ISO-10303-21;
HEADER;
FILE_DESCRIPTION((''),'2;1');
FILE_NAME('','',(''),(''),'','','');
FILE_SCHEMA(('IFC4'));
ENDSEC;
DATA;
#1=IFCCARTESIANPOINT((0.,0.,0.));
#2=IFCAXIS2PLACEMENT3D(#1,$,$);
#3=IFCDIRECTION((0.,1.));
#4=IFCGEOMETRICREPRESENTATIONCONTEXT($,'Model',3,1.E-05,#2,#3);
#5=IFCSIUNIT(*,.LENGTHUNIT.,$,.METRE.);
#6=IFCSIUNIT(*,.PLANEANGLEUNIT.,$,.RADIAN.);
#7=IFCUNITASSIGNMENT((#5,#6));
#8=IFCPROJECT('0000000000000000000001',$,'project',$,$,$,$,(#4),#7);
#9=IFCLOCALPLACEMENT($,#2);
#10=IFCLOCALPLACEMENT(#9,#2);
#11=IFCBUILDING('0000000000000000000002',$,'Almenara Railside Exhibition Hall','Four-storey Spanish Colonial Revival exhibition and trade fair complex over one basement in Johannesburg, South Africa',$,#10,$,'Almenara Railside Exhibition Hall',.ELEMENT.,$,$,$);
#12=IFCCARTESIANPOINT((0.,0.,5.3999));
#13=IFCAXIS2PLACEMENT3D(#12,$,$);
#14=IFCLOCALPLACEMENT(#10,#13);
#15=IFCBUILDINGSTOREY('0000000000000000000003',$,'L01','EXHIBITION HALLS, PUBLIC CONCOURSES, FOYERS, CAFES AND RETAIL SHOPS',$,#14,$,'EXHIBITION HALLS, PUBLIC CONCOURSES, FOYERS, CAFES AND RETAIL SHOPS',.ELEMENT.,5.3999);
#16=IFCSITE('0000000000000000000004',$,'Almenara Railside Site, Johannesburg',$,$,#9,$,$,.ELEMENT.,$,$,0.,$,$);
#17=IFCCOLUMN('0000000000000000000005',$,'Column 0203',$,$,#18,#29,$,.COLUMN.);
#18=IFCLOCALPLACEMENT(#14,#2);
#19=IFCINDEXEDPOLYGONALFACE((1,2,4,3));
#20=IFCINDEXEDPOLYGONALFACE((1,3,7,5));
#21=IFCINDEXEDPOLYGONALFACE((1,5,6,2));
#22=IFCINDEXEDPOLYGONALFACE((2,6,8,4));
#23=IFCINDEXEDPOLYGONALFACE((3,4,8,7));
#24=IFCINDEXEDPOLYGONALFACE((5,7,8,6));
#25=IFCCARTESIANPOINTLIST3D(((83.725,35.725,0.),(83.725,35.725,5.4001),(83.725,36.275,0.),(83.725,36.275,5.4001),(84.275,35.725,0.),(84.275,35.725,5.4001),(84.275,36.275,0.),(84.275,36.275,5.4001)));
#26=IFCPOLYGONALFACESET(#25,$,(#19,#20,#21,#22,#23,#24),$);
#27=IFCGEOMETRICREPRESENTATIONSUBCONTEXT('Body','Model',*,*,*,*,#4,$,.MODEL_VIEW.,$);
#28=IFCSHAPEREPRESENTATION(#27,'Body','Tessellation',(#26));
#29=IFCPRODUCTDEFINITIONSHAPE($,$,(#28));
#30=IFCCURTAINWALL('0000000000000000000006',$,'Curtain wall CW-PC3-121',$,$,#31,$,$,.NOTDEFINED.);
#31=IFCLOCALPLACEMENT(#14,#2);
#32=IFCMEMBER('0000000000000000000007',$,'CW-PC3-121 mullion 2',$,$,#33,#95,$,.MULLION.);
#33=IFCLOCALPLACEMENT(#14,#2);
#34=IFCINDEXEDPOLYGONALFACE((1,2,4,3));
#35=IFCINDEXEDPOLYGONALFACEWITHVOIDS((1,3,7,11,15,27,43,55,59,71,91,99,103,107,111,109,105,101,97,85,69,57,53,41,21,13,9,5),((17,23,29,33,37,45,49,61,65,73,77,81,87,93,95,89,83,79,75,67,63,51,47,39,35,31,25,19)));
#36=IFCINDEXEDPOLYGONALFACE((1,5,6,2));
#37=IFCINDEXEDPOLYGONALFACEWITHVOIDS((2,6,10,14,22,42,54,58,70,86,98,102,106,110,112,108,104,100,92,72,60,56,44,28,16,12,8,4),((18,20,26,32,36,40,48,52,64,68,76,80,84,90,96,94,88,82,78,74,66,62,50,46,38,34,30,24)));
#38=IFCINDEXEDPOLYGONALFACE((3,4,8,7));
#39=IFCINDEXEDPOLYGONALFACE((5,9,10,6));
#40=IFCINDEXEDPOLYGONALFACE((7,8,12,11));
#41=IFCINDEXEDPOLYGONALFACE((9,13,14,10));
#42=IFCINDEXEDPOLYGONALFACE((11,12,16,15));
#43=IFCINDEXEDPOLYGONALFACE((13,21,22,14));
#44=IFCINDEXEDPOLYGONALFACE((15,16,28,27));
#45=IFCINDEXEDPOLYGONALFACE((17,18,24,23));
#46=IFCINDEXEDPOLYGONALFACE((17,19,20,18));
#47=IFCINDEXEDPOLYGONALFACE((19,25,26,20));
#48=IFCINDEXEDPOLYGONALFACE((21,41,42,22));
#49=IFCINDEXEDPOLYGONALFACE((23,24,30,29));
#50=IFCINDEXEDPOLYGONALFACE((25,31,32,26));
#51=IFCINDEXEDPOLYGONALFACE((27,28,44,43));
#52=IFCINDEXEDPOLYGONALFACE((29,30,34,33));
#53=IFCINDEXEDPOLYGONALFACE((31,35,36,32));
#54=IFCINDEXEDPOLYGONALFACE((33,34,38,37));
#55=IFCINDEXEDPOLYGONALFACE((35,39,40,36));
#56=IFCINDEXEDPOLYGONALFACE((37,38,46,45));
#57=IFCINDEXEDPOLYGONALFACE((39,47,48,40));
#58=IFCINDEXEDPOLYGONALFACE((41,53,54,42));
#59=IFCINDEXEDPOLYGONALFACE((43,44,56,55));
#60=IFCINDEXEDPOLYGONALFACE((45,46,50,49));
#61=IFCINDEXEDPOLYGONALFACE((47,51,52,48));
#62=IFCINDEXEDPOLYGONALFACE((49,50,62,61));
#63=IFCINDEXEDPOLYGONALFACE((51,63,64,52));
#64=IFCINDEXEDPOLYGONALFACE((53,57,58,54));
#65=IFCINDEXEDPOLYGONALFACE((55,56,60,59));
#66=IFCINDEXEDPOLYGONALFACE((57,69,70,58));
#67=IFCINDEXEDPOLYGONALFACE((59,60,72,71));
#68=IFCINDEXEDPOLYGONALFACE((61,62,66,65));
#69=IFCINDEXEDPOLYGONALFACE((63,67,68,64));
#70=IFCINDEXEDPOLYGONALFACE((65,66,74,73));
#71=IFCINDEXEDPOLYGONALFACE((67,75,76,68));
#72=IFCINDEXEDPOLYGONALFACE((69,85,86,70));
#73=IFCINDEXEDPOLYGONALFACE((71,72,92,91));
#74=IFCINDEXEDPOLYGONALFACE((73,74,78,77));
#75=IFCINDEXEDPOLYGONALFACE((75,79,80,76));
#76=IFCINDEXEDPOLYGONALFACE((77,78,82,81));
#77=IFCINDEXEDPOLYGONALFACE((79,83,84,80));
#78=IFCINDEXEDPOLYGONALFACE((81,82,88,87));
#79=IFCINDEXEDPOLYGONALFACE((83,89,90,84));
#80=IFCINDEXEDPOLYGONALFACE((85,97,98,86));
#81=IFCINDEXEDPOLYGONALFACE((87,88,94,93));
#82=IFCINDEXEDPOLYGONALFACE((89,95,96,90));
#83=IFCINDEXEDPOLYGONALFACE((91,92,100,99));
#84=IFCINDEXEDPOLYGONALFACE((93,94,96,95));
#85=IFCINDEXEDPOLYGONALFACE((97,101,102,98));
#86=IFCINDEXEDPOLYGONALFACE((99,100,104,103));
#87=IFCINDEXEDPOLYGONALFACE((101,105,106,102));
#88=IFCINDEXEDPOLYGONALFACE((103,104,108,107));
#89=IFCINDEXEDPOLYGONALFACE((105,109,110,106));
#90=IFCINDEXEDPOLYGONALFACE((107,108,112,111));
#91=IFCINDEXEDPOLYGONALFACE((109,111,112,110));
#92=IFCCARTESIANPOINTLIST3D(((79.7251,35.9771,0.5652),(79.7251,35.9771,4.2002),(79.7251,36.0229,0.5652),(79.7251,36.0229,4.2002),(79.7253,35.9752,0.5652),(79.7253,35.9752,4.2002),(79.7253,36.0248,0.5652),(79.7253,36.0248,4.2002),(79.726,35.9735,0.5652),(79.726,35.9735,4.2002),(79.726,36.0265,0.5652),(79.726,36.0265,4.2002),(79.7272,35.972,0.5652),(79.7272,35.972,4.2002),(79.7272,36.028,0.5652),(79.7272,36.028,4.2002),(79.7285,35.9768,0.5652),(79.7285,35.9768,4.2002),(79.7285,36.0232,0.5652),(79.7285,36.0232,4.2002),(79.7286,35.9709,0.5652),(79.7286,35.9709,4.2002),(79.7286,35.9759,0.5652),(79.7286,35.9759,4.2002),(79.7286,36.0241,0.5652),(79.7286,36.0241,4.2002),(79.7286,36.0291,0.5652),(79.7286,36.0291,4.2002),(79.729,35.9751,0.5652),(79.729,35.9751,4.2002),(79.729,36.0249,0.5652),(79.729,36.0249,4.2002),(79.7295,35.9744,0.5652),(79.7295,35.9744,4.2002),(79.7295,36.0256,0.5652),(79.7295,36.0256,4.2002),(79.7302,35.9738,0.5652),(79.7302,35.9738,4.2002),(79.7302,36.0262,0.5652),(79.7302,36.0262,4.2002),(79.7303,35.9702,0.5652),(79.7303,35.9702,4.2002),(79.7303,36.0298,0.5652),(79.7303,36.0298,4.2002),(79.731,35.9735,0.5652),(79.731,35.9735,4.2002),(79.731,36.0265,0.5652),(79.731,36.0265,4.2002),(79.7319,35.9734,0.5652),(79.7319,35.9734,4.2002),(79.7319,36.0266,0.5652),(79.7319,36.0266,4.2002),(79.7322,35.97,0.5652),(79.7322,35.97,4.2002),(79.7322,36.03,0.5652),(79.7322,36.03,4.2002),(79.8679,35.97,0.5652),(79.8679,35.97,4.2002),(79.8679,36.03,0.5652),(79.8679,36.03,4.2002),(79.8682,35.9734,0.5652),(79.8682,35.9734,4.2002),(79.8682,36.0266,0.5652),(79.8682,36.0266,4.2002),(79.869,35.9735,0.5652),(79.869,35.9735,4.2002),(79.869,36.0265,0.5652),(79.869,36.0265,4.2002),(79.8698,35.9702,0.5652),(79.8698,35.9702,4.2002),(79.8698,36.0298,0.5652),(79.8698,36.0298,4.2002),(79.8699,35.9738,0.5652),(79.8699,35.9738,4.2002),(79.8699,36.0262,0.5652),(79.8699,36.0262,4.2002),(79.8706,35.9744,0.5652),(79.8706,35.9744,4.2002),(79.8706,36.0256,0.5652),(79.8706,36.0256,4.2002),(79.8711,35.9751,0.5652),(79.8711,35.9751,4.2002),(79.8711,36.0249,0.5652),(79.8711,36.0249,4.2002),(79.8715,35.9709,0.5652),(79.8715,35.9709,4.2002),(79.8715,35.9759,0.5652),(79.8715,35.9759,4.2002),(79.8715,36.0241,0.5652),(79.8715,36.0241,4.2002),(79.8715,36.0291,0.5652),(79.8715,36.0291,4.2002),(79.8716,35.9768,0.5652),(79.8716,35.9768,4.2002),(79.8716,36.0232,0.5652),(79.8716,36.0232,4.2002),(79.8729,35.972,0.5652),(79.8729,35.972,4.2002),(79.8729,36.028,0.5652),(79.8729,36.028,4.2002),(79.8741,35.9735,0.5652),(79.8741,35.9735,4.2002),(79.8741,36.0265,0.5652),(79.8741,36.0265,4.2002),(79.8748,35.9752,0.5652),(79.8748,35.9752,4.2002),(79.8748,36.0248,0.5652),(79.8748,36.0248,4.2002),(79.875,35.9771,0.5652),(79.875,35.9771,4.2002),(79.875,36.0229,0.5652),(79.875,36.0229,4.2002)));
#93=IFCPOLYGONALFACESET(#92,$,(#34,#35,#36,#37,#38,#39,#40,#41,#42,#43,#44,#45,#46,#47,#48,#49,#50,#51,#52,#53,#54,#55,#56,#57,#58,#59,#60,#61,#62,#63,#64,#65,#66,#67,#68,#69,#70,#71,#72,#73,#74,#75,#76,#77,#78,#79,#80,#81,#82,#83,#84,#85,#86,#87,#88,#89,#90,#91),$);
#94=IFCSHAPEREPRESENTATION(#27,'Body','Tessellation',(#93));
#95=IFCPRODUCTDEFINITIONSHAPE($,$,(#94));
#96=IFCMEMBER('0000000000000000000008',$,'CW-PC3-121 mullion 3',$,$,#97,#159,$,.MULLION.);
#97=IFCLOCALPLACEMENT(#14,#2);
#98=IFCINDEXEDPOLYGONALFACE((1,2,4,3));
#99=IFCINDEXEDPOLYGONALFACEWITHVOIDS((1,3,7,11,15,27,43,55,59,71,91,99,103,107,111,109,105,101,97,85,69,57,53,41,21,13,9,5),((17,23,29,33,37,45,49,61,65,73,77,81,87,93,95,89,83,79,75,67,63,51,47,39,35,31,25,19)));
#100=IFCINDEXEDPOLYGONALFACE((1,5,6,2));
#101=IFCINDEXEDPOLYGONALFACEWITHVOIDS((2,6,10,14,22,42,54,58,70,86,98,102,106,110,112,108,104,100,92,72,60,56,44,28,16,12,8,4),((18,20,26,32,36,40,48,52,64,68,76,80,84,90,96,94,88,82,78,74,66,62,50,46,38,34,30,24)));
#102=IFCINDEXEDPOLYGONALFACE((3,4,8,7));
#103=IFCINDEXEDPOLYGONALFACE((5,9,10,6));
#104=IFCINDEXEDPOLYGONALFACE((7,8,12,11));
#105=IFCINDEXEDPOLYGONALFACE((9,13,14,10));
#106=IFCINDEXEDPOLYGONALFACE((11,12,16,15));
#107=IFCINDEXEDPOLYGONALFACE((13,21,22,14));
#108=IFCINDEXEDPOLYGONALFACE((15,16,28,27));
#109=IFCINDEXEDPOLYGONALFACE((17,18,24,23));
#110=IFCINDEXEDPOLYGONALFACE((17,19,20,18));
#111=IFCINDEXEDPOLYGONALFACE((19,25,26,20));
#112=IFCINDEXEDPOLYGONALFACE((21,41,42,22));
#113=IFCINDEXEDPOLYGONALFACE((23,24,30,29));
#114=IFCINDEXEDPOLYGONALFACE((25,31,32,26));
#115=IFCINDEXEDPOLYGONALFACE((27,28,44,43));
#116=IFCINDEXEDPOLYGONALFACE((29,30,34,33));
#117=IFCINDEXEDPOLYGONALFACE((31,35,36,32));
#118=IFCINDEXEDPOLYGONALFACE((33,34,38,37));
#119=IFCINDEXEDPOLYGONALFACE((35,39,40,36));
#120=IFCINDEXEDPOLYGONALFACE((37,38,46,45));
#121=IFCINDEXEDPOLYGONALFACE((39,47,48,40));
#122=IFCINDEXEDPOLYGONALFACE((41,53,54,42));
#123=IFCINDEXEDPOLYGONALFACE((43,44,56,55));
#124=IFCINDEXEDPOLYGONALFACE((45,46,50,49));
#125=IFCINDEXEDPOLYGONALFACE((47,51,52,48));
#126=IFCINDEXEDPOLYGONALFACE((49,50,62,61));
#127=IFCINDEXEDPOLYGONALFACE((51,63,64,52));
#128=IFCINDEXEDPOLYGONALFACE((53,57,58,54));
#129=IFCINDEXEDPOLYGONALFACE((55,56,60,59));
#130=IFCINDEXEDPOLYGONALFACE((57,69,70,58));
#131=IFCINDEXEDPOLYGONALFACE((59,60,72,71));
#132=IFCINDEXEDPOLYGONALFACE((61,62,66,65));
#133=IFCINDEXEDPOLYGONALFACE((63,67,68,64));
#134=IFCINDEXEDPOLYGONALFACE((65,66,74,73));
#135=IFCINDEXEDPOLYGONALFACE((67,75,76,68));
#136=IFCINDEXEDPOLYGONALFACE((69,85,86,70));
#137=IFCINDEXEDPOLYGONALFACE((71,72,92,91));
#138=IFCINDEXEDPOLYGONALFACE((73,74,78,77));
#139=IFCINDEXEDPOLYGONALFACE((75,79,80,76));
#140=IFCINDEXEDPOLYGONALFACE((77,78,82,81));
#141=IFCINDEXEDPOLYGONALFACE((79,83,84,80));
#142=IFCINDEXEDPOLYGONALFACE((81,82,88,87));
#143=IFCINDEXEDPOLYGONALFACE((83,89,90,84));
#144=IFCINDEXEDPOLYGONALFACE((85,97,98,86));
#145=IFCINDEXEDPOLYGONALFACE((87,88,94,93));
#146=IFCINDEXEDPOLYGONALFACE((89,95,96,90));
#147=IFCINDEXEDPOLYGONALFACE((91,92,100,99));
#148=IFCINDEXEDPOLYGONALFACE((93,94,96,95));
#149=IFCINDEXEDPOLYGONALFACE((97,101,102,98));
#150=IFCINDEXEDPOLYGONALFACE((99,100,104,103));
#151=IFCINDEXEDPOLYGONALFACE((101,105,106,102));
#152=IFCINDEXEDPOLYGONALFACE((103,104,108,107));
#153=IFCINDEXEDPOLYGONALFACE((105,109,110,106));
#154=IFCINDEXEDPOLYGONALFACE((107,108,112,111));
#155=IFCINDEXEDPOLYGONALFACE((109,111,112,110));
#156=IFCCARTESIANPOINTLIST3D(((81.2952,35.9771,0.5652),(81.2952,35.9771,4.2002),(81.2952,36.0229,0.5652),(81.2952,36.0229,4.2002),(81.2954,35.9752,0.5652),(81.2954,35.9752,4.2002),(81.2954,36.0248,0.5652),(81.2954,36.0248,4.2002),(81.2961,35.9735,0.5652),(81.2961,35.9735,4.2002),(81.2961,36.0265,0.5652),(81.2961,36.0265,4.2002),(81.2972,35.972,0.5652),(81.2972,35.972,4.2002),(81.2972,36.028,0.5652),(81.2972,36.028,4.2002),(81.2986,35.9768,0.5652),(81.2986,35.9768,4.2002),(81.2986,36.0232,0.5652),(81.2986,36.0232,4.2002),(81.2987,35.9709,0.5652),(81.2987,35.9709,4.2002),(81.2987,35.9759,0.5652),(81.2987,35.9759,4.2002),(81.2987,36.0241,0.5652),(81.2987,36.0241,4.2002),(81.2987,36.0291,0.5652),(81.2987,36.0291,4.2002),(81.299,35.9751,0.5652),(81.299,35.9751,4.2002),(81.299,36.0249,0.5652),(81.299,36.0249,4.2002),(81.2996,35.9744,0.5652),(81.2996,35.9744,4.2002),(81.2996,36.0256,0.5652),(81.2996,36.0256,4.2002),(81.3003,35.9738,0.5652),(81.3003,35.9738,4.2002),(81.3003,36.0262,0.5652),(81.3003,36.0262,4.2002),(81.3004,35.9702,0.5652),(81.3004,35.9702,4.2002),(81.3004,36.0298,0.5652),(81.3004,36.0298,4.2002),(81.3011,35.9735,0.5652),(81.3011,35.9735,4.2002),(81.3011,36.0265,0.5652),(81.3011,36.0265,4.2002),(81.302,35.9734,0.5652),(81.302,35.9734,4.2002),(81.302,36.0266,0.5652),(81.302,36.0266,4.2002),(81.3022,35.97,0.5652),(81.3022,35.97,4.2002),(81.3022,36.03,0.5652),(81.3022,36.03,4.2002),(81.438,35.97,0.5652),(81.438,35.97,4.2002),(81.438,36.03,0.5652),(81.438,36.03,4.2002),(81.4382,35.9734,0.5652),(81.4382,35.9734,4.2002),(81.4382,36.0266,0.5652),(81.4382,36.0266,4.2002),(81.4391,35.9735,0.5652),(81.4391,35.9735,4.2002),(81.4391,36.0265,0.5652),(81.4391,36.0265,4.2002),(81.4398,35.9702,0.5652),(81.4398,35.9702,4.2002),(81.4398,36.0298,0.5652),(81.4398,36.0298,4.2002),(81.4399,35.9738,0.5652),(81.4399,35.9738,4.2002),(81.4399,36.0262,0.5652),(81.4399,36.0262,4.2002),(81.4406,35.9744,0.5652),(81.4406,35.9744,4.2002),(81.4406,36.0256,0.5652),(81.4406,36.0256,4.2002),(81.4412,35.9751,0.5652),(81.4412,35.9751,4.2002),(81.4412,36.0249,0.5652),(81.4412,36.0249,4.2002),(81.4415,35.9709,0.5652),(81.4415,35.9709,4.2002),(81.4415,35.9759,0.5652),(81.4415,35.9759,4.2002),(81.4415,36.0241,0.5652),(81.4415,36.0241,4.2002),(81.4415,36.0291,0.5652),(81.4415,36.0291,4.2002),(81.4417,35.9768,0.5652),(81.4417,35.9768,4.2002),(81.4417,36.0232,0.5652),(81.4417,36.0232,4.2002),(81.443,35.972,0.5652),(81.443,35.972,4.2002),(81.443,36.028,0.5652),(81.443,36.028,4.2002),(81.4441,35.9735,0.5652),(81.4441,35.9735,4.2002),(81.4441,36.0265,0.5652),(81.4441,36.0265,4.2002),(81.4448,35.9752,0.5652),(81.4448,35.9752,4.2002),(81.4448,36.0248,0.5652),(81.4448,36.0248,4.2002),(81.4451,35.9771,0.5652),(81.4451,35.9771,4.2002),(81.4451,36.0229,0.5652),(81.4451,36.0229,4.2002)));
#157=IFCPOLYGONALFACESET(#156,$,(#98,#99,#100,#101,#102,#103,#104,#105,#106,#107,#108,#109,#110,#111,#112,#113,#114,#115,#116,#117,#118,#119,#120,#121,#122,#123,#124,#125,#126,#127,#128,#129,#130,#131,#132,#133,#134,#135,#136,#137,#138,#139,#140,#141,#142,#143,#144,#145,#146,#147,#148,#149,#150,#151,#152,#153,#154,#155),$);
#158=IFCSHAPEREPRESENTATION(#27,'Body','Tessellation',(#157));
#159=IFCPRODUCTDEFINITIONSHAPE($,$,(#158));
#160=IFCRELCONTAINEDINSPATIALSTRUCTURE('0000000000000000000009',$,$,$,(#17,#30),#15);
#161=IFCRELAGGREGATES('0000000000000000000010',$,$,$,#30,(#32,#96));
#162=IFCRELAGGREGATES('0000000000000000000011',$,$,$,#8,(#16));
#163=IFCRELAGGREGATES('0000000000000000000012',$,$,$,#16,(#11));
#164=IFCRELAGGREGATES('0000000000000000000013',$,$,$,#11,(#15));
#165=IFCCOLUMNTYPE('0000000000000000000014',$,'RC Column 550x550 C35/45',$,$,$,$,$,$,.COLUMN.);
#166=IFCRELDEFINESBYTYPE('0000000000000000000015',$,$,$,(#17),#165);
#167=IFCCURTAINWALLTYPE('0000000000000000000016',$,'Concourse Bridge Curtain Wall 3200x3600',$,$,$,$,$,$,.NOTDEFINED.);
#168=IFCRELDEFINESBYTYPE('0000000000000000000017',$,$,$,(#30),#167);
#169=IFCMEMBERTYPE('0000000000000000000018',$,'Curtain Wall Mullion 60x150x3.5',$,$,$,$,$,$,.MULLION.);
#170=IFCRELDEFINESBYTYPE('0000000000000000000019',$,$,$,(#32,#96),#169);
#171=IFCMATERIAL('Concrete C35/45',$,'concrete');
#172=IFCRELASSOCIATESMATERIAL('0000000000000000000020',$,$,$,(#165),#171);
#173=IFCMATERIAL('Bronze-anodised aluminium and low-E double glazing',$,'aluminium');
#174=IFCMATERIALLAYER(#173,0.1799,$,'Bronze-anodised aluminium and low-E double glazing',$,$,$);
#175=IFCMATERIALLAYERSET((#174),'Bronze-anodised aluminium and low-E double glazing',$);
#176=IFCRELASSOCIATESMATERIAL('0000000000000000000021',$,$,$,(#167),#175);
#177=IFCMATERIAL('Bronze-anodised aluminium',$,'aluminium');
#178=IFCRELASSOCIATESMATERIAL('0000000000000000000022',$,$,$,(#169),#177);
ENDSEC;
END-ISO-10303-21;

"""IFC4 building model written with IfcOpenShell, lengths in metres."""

from ifc_helpers import new_model, si_unit, direction, frame, origin, origin_2d, place, context, subcontext, project, spatial, rectangle, hollow_rectangle, extrude, material, layer, layer_set, material_profile, profile_set, type_object, element, aggregate, save


model = new_model("IFC4")

# Units and contexts
model_context = context("Model", 3, precision=1e-05, world=origin(), true_north=direction((0.0, 1.0)))
body_context = subcontext(model_context, "Body", "Model", "MODEL_VIEW")
ifc_project = project(units=[si_unit("LENGTHUNIT", "METRE"), si_unit("PLANEANGLEUNIT", "RADIAN")], contexts=[model_context])

# Site, building, storey
site_placement = place(None, origin())
site = spatial("IfcSite", under=ifc_project, at=site_placement, Name="Almenara Railside Site, Johannesburg", CompositionType="ELEMENT", RefElevation=0.0)
building_placement = place(site_placement, origin())
building = spatial("IfcBuilding", under=site, at=building_placement, Name="Almenara Railside Exhibition Hall", Description="Four-storey Spanish Colonial Revival exhibition and trade fair complex over one basement in Johannesburg, South Africa", LongName="Almenara Railside Exhibition Hall", CompositionType="ELEMENT")
storey_placement = place(building_placement, frame((0.0, 0.0, 5.3999)))
storey = spatial("IfcBuildingStorey", under=building, at=storey_placement, Name="L01", Description="EXHIBITION HALLS, PUBLIC CONCOURSES, FOYERS, CAFES AND RETAIL SHOPS", LongName="EXHIBITION HALLS, PUBLIC CONCOURSES, FOYERS, CAFES AND RETAIL SHOPS", CompositionType="ELEMENT", Elevation=5.3999)

# Column
ifc_material_1 = material(Name="Concrete C35/45", Category="concrete")
ifc_material_profile_1 = material_profile(ifc_material_1, rectangle(XDim=0.55, YDim=0.55, at=origin_2d()), Name="RC 550x550")
ifc_profile_set_1 = profile_set([ifc_material_profile_1], Name="Concrete C35/45")
column_type = type_object("IfcColumnType", Name="RC Column 550x550 C35/45", PredefinedType="COLUMN", material=ifc_profile_set_1)
column_placement = place(storey_placement, frame((84.0, 36.0, 0.0), z_axis=(0.0, 0.0, 1.0), x_axis=(1.0, 0.0, 0.0)))
element("IfcColumn", 1, at=column_placement, inside=storey, type_object=column_type, Name="Column 0203", PredefinedType="COLUMN", context=body_context, shape_type="SweptSolid", body=[
    extrude(rectangle(XDim=0.55, YDim=0.55, at=origin_2d()), origin(), (0.0, 0.0, 1.0), 5.4001),
])

# Curtain wall, members
ifc_material_2 = material(Name="Bronze-anodised aluminium and low-E double glazing", Category="aluminium")
ifc_layer_1 = layer(ifc_material_2, 0.1799, Name="Bronze-anodised aluminium and low-E double glazing")
ifc_layer_set_1 = layer_set([ifc_layer_1], Name="Bronze-anodised aluminium and low-E double glazing")
curtain_wall_type = type_object("IfcCurtainWallType", Name="Concourse Bridge Curtain Wall 3200x3600", PredefinedType="NOTDEFINED", material=ifc_layer_set_1)
curtain_wall_1_placement = place(storey_placement, origin())
curtain_wall_1 = element("IfcCurtainWall", 2, at=curtain_wall_1_placement, inside=storey, type_object=curtain_wall_type, Name="Curtain wall CW-PC3-121", PredefinedType="NOTDEFINED")
ifc_material_3 = material(Name="Bronze-anodised aluminium", Category="aluminium")
ifc_material_profile_2 = material_profile(ifc_material_3, hollow_rectangle(XDim=0.0601, YDim=0.1499, WallThickness=0.0034, InnerFilletRadius=0.0034, OuterFilletRadius=0.0071, at=origin_2d()), Name="ALU-MUL 60x150x3.5")
ifc_profile_set_2 = profile_set([ifc_material_profile_2], Name="Bronze-anodised aluminium")
member_type_1 = type_object("IfcMemberType", Name="Curtain Wall Mullion 60x150x3.5", PredefinedType="MULLION", material=ifc_profile_set_2)
member_1_placement = place(storey_placement, frame((79.8, 36.0, 0.5652), z_axis=(0.0, 0.0, 1.0), x_axis=(0.0, 1.0, 0.0)))
member_1 = element("IfcMember", 3, at=member_1_placement, type_object=member_type_1, Name="CW-PC3-121 mullion 2", PredefinedType="MULLION", context=body_context, shape_type="SweptSolid", body=[
    extrude(hollow_rectangle(XDim=0.0601, YDim=0.1499, WallThickness=0.0034, InnerFilletRadius=0.0034, OuterFilletRadius=0.0071, at=origin_2d()), origin(), (0.0, 0.0, 1.0), 3.635),
])
member_2_placement = place(storey_placement, frame((81.3701, 36.0, 0.5652), z_axis=(0.0, 0.0, 1.0), x_axis=(0.0, 1.0, 0.0)))
member_2 = element("IfcMember", 4, at=member_2_placement, type_object=member_type_1, Name="CW-PC3-121 mullion 3", PredefinedType="MULLION", context=body_context, shape_type="SweptSolid", body=[
    extrude(hollow_rectangle(XDim=0.0601, YDim=0.1499, WallThickness=0.0034, InnerFilletRadius=0.0034, OuterFilletRadius=0.0071, at=origin_2d()), origin(), (0.0, 0.0, 1.0), 3.635),
])

aggregate(curtain_wall_1, [member_1, member_2])

save(model, "model.ifc")
